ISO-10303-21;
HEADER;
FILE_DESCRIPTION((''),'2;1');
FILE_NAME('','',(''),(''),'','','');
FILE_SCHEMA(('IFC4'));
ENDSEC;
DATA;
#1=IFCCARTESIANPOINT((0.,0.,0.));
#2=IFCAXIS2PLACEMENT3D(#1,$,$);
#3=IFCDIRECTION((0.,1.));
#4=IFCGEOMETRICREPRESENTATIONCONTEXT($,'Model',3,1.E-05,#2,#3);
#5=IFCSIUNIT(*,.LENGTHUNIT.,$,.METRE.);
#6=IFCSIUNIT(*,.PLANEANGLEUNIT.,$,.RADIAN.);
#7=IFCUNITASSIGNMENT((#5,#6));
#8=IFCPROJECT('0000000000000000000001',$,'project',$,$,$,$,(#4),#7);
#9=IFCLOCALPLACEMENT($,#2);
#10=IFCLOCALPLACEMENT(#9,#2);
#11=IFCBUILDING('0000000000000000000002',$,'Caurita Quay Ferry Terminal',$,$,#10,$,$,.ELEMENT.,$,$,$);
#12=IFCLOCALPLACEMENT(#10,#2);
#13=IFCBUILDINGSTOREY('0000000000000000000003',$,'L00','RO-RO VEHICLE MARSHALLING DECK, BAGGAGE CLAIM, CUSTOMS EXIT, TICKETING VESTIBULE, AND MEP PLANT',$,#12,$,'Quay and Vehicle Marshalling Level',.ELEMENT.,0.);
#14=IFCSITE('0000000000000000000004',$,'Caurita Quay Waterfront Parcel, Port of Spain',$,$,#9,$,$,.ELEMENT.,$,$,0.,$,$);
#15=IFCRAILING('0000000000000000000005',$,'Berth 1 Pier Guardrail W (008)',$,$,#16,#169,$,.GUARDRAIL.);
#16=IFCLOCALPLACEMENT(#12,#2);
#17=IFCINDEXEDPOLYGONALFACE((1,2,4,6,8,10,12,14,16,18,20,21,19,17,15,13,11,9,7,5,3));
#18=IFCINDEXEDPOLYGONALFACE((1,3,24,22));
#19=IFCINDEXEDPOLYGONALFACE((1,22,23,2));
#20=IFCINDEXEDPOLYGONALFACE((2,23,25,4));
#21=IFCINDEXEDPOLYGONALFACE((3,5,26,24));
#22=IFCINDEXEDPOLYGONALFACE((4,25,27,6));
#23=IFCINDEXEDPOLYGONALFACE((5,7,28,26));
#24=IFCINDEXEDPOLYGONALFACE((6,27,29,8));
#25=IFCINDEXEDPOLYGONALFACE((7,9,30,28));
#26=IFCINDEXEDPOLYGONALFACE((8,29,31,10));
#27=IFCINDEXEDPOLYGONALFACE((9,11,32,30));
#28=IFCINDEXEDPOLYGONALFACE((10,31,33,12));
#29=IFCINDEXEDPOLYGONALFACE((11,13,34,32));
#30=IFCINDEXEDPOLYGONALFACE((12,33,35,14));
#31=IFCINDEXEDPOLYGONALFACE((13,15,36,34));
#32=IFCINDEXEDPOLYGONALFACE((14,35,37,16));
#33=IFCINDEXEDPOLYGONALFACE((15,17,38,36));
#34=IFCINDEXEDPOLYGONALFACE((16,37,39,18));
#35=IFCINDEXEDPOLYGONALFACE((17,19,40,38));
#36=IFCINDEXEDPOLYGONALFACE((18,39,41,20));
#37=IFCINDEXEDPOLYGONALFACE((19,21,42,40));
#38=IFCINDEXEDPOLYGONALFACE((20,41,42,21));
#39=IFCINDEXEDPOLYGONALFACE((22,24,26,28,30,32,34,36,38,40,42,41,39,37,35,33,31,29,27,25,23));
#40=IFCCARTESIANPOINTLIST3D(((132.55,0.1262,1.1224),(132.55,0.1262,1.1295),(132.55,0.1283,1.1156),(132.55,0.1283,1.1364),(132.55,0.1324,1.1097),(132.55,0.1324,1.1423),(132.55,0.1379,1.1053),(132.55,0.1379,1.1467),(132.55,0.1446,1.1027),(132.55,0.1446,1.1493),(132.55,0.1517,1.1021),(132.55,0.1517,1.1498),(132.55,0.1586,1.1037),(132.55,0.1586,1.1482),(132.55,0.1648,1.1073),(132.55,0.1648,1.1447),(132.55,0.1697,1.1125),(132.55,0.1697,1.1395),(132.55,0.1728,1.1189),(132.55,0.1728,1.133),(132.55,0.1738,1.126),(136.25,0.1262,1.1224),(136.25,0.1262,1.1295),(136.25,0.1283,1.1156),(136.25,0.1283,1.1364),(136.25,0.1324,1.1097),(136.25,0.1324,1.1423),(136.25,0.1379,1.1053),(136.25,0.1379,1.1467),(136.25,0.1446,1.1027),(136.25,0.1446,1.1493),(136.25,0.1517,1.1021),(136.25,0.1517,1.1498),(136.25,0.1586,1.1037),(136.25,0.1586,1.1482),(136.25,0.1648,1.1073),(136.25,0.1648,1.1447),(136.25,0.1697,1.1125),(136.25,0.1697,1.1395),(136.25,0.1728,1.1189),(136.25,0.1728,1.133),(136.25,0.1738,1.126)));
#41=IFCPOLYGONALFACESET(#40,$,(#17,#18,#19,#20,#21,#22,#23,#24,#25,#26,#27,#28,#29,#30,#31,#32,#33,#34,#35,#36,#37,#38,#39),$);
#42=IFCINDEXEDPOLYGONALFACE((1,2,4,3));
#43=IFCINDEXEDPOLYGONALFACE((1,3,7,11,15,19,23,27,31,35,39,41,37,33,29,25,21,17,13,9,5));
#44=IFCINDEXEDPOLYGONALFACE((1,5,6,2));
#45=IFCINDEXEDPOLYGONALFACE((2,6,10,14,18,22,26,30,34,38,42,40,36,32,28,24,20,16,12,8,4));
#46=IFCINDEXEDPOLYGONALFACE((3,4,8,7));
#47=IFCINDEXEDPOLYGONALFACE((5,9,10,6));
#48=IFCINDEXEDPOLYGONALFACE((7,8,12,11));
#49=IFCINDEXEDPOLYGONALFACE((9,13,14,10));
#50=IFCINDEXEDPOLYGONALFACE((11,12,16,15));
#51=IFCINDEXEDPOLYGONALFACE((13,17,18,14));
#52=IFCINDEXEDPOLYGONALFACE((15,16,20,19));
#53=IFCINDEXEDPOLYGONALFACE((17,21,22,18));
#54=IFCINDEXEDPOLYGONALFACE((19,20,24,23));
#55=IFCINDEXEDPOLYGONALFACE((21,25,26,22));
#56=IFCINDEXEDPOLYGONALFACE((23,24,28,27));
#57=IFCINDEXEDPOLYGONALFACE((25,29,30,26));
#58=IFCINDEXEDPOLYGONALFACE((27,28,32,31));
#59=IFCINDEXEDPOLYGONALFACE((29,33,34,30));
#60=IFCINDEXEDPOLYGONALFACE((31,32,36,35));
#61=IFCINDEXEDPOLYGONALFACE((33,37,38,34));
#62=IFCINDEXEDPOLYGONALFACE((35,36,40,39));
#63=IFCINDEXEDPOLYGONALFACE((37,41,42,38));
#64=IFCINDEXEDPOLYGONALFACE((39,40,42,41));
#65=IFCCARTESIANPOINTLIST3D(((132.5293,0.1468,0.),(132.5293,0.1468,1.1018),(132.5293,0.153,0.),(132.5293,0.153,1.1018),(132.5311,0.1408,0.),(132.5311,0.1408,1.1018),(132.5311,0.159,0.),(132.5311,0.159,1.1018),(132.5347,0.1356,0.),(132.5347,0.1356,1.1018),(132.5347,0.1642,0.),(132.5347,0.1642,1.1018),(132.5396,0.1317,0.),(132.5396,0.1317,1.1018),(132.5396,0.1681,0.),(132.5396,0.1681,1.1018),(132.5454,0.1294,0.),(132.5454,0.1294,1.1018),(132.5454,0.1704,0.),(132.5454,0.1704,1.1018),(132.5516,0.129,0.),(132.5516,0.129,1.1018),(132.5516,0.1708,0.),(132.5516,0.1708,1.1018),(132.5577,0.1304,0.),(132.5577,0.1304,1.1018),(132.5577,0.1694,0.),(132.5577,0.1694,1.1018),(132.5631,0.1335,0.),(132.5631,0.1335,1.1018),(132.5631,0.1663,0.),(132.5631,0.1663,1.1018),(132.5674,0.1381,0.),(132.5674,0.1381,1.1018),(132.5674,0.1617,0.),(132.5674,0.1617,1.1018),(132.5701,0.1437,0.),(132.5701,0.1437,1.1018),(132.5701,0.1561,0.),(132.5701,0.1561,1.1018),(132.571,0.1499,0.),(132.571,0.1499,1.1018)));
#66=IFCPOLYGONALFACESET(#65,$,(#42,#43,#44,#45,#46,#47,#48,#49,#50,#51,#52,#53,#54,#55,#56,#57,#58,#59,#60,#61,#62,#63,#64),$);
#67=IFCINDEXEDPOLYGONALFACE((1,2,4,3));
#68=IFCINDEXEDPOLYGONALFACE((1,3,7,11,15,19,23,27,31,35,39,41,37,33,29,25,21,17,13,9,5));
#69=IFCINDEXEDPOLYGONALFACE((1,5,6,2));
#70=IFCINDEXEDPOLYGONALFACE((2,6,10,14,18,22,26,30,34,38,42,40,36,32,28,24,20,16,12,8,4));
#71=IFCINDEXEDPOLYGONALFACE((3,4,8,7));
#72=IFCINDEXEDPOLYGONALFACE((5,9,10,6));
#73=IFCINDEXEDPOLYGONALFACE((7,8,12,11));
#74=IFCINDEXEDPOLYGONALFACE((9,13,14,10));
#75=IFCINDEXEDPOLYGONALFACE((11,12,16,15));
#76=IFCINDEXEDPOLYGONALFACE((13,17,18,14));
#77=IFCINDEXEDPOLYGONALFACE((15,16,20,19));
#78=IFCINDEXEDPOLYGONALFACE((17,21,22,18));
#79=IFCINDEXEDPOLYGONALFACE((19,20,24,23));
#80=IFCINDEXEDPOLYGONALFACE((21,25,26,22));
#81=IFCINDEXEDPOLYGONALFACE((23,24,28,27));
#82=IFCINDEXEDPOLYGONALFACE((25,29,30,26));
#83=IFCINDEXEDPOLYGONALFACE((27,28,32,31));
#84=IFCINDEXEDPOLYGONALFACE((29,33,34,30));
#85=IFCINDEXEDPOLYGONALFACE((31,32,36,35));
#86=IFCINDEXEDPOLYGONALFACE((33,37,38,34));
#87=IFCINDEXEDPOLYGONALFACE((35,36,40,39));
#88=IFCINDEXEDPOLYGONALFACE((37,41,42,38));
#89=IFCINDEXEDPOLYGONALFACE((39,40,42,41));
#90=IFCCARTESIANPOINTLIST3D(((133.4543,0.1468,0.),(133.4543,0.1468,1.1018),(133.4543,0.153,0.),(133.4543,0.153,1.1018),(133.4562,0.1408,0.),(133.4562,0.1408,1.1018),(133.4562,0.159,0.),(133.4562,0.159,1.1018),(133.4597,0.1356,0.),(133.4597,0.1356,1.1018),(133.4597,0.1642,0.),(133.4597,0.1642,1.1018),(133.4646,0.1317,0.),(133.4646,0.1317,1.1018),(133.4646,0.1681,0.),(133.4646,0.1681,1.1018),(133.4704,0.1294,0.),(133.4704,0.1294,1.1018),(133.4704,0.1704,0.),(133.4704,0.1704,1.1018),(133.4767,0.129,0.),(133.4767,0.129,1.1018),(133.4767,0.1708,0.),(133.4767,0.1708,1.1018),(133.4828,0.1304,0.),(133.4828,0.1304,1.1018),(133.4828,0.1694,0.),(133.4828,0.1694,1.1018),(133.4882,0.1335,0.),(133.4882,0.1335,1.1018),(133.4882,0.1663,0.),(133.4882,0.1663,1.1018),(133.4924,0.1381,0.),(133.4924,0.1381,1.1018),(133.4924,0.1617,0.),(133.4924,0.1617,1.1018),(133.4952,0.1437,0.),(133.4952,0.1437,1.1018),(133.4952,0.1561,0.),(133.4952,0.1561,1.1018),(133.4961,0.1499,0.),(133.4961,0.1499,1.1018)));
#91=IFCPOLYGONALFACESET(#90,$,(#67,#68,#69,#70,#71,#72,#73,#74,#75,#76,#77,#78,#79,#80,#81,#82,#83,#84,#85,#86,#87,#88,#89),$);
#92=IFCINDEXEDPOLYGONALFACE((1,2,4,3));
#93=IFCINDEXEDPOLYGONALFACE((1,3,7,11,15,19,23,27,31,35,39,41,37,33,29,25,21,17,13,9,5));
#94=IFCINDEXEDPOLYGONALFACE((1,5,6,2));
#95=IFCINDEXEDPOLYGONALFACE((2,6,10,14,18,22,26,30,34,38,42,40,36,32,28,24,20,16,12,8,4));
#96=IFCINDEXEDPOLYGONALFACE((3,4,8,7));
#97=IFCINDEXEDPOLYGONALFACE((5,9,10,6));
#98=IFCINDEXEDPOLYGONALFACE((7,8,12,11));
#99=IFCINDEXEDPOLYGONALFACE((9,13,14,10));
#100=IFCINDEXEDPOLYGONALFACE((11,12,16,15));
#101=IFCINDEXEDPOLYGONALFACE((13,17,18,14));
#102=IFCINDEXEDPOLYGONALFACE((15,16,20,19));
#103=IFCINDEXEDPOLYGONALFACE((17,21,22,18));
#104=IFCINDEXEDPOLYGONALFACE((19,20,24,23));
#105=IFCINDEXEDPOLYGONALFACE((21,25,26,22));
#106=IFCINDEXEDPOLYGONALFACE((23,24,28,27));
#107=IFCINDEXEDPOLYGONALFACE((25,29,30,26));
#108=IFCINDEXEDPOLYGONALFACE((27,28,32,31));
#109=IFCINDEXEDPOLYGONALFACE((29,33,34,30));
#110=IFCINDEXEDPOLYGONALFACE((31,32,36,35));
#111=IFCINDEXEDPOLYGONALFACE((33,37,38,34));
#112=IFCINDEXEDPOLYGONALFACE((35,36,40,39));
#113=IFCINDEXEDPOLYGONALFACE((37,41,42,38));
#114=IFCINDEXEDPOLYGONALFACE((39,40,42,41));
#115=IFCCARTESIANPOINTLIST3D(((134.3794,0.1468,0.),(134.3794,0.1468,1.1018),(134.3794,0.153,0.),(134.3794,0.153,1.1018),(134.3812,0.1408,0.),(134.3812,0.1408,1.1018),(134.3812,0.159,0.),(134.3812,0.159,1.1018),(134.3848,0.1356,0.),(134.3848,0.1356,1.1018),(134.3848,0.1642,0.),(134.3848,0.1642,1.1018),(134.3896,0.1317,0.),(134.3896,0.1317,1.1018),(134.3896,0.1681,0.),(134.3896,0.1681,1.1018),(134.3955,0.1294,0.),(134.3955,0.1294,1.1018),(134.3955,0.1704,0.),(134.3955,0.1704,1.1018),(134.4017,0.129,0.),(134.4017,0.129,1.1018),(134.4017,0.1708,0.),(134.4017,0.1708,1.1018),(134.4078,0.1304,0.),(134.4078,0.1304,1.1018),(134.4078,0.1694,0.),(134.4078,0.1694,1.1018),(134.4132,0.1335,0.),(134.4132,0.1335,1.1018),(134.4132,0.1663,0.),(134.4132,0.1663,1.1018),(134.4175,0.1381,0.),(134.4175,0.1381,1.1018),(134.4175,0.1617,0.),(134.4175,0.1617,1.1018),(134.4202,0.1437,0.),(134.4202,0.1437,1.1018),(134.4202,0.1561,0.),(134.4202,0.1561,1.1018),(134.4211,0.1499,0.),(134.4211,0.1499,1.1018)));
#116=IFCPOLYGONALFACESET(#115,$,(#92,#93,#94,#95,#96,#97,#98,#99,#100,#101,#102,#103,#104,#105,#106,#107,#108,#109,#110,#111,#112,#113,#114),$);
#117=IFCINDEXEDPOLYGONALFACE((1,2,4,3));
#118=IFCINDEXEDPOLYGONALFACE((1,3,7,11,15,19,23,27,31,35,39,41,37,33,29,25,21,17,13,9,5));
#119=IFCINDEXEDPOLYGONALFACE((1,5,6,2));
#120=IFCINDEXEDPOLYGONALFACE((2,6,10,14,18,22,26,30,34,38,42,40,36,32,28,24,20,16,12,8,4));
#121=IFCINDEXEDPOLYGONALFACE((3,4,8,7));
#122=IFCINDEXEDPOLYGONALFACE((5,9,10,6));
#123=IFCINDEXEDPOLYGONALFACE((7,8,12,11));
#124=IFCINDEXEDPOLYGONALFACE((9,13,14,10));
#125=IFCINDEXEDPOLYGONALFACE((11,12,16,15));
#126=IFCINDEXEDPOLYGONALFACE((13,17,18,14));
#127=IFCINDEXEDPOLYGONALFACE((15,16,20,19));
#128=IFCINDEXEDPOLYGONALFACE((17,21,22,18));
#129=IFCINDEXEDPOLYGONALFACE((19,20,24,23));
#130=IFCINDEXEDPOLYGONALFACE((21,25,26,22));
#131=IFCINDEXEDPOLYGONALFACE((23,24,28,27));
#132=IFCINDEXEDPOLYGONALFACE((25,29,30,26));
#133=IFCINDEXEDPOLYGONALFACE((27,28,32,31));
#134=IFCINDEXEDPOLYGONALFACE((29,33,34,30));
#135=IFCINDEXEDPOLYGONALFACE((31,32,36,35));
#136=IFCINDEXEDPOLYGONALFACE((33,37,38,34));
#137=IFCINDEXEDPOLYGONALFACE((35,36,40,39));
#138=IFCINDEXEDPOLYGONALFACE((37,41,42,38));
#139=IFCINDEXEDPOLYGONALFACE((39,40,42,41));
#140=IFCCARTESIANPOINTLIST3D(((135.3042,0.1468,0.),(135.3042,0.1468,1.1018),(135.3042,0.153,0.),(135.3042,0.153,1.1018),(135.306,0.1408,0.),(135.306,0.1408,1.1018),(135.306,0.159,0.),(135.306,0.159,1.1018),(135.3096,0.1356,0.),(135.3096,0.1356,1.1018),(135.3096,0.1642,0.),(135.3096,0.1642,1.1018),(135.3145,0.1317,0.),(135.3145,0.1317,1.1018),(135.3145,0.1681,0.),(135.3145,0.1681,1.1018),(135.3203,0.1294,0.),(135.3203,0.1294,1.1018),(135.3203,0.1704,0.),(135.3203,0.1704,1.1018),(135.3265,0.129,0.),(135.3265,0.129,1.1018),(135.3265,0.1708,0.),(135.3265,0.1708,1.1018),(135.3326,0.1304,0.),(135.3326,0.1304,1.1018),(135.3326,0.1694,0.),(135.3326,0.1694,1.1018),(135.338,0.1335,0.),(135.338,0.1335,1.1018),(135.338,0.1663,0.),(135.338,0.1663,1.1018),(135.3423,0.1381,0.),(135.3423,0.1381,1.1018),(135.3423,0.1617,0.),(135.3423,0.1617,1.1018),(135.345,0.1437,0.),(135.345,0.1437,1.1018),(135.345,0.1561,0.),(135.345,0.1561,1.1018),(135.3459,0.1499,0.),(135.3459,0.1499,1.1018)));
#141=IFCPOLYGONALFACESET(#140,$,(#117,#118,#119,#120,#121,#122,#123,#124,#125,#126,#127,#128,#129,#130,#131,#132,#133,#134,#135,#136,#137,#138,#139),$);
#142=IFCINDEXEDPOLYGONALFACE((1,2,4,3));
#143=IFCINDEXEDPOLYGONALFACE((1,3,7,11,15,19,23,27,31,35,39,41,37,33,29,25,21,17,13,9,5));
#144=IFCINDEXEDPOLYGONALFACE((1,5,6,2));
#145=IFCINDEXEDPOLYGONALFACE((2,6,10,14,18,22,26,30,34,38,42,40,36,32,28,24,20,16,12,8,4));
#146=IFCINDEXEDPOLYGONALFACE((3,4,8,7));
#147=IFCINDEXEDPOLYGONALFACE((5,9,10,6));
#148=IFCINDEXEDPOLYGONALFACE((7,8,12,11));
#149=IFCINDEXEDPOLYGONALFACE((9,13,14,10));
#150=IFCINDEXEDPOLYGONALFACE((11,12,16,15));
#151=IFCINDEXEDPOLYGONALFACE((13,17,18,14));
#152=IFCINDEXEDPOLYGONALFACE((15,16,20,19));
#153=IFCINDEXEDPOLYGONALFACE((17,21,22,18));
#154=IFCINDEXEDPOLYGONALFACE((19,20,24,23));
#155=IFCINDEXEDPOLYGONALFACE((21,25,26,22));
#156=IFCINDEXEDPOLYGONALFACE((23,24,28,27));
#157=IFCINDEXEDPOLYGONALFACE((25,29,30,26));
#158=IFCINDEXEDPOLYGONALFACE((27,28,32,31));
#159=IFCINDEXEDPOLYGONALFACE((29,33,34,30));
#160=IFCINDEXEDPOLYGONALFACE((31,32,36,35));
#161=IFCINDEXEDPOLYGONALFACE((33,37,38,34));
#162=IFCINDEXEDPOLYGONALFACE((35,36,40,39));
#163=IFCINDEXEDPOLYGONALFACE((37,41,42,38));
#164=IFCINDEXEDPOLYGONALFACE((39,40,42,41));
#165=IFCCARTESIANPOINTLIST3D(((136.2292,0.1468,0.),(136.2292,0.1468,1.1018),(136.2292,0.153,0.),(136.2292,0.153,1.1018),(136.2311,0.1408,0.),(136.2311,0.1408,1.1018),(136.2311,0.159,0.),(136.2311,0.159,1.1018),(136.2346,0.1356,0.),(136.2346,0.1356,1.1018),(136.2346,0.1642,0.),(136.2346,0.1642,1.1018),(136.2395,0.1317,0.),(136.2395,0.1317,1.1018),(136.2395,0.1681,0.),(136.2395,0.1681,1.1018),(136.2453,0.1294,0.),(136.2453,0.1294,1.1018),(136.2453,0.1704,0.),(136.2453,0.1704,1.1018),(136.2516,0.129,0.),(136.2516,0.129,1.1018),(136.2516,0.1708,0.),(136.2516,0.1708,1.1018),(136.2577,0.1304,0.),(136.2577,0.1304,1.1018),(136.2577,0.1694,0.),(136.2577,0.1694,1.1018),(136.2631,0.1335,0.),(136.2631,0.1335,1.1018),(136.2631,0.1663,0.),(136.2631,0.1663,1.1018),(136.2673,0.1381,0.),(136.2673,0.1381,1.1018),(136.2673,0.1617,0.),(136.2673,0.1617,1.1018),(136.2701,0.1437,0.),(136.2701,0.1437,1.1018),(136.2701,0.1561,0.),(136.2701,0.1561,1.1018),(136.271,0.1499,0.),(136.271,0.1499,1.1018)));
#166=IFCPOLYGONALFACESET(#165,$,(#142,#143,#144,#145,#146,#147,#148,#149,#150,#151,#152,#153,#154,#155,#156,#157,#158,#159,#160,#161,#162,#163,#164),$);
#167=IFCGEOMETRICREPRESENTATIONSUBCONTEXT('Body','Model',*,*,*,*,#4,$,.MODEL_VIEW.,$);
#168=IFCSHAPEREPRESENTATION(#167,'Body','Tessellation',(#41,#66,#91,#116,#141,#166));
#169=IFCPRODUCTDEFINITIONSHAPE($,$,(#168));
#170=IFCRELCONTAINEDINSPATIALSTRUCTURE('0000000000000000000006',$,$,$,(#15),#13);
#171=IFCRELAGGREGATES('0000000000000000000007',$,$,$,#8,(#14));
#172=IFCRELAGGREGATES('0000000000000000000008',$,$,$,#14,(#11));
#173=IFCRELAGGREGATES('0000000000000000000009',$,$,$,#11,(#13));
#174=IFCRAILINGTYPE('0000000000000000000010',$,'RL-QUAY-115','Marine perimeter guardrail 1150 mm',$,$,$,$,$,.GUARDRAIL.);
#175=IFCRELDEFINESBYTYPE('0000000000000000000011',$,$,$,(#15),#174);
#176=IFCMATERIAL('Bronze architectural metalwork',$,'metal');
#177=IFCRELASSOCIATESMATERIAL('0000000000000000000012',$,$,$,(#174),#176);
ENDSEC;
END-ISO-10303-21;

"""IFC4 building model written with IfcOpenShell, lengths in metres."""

from ifc_helpers import new_model, si_unit, direction, frame, origin, origin_2d, place, context, subcontext, project, spatial, circle, extrude, material, type_object, element, save


model = new_model("IFC4")

# Units and contexts
model_context = context("Model", 3, precision=1e-05, world=origin(), true_north=direction((0.0, 1.0)))
body_context = subcontext(model_context, "Body", "Model", "MODEL_VIEW")
ifc_project = project(units=[si_unit("LENGTHUNIT", "METRE"), si_unit("PLANEANGLEUNIT", "RADIAN")], contexts=[model_context])

# Site, building, storey
site_placement = place(None, origin())
site = spatial("IfcSite", under=ifc_project, at=site_placement, Name="Caurita Quay Waterfront Parcel, Port of Spain", CompositionType="ELEMENT", RefElevation=0.0)
building_placement = place(site_placement, origin())
building = spatial("IfcBuilding", under=site, at=building_placement, Name="Caurita Quay Ferry Terminal", CompositionType="ELEMENT")
storey_placement = place(building_placement, origin())
storey = spatial("IfcBuildingStorey", under=building, at=storey_placement, Name="L00", Description="RO-RO VEHICLE MARSHALLING DECK, BAGGAGE CLAIM, CUSTOMS EXIT, TICKETING VESTIBULE, AND MEP PLANT", LongName="Quay and Vehicle Marshalling Level", CompositionType="ELEMENT", Elevation=0.0)

# Railing
ifc_material_1 = material(Name="Bronze architectural metalwork", Category="metal")
railing_type = type_object("IfcRailingType", Name="RL-QUAY-115", Description="Marine perimeter guardrail 1150 mm", PredefinedType="GUARDRAIL", material=ifc_material_1)
railing_placement = place(storey_placement, frame((132.55, 0.1499, 0.0)))
element("IfcRailing", 1, at=railing_placement, inside=storey, type_object=railing_type, Name="Berth 1 Pier Guardrail W (008)", PredefinedType="GUARDRAIL", context=body_context, shape_type="SweptSolid", body=[
    extrude(circle(Radius=0.0239, at=origin_2d()), frame((0.0, 0.0, 1.126), z_axis=(1.0, 0.0, 0.0), x_axis=(0.0, 1.0, 0.0)), (0.0, 0.0, 1.0), 3.7),
    extrude(circle(Radius=0.021, at=origin_2d()), origin(), (0.0, 0.0, 1.0), 1.1018),
    extrude(circle(Radius=0.021, at=origin_2d()), frame((0.925, 0.0, 0.0)), (0.0, 0.0, 1.0), 1.1018),
    extrude(circle(Radius=0.021, at=origin_2d()), frame((1.8501, 0.0, 0.0)), (0.0, 0.0, 1.0), 1.1018),
    extrude(circle(Radius=0.021, at=origin_2d()), frame((2.7749, 0.0, 0.0)), (0.0, 0.0, 1.0), 1.1018),
    extrude(circle(Radius=0.021, at=origin_2d()), frame((3.7, 0.0, 0.0)), (0.0, 0.0, 1.0), 1.1018),
])

save(model, "model.ifc")
